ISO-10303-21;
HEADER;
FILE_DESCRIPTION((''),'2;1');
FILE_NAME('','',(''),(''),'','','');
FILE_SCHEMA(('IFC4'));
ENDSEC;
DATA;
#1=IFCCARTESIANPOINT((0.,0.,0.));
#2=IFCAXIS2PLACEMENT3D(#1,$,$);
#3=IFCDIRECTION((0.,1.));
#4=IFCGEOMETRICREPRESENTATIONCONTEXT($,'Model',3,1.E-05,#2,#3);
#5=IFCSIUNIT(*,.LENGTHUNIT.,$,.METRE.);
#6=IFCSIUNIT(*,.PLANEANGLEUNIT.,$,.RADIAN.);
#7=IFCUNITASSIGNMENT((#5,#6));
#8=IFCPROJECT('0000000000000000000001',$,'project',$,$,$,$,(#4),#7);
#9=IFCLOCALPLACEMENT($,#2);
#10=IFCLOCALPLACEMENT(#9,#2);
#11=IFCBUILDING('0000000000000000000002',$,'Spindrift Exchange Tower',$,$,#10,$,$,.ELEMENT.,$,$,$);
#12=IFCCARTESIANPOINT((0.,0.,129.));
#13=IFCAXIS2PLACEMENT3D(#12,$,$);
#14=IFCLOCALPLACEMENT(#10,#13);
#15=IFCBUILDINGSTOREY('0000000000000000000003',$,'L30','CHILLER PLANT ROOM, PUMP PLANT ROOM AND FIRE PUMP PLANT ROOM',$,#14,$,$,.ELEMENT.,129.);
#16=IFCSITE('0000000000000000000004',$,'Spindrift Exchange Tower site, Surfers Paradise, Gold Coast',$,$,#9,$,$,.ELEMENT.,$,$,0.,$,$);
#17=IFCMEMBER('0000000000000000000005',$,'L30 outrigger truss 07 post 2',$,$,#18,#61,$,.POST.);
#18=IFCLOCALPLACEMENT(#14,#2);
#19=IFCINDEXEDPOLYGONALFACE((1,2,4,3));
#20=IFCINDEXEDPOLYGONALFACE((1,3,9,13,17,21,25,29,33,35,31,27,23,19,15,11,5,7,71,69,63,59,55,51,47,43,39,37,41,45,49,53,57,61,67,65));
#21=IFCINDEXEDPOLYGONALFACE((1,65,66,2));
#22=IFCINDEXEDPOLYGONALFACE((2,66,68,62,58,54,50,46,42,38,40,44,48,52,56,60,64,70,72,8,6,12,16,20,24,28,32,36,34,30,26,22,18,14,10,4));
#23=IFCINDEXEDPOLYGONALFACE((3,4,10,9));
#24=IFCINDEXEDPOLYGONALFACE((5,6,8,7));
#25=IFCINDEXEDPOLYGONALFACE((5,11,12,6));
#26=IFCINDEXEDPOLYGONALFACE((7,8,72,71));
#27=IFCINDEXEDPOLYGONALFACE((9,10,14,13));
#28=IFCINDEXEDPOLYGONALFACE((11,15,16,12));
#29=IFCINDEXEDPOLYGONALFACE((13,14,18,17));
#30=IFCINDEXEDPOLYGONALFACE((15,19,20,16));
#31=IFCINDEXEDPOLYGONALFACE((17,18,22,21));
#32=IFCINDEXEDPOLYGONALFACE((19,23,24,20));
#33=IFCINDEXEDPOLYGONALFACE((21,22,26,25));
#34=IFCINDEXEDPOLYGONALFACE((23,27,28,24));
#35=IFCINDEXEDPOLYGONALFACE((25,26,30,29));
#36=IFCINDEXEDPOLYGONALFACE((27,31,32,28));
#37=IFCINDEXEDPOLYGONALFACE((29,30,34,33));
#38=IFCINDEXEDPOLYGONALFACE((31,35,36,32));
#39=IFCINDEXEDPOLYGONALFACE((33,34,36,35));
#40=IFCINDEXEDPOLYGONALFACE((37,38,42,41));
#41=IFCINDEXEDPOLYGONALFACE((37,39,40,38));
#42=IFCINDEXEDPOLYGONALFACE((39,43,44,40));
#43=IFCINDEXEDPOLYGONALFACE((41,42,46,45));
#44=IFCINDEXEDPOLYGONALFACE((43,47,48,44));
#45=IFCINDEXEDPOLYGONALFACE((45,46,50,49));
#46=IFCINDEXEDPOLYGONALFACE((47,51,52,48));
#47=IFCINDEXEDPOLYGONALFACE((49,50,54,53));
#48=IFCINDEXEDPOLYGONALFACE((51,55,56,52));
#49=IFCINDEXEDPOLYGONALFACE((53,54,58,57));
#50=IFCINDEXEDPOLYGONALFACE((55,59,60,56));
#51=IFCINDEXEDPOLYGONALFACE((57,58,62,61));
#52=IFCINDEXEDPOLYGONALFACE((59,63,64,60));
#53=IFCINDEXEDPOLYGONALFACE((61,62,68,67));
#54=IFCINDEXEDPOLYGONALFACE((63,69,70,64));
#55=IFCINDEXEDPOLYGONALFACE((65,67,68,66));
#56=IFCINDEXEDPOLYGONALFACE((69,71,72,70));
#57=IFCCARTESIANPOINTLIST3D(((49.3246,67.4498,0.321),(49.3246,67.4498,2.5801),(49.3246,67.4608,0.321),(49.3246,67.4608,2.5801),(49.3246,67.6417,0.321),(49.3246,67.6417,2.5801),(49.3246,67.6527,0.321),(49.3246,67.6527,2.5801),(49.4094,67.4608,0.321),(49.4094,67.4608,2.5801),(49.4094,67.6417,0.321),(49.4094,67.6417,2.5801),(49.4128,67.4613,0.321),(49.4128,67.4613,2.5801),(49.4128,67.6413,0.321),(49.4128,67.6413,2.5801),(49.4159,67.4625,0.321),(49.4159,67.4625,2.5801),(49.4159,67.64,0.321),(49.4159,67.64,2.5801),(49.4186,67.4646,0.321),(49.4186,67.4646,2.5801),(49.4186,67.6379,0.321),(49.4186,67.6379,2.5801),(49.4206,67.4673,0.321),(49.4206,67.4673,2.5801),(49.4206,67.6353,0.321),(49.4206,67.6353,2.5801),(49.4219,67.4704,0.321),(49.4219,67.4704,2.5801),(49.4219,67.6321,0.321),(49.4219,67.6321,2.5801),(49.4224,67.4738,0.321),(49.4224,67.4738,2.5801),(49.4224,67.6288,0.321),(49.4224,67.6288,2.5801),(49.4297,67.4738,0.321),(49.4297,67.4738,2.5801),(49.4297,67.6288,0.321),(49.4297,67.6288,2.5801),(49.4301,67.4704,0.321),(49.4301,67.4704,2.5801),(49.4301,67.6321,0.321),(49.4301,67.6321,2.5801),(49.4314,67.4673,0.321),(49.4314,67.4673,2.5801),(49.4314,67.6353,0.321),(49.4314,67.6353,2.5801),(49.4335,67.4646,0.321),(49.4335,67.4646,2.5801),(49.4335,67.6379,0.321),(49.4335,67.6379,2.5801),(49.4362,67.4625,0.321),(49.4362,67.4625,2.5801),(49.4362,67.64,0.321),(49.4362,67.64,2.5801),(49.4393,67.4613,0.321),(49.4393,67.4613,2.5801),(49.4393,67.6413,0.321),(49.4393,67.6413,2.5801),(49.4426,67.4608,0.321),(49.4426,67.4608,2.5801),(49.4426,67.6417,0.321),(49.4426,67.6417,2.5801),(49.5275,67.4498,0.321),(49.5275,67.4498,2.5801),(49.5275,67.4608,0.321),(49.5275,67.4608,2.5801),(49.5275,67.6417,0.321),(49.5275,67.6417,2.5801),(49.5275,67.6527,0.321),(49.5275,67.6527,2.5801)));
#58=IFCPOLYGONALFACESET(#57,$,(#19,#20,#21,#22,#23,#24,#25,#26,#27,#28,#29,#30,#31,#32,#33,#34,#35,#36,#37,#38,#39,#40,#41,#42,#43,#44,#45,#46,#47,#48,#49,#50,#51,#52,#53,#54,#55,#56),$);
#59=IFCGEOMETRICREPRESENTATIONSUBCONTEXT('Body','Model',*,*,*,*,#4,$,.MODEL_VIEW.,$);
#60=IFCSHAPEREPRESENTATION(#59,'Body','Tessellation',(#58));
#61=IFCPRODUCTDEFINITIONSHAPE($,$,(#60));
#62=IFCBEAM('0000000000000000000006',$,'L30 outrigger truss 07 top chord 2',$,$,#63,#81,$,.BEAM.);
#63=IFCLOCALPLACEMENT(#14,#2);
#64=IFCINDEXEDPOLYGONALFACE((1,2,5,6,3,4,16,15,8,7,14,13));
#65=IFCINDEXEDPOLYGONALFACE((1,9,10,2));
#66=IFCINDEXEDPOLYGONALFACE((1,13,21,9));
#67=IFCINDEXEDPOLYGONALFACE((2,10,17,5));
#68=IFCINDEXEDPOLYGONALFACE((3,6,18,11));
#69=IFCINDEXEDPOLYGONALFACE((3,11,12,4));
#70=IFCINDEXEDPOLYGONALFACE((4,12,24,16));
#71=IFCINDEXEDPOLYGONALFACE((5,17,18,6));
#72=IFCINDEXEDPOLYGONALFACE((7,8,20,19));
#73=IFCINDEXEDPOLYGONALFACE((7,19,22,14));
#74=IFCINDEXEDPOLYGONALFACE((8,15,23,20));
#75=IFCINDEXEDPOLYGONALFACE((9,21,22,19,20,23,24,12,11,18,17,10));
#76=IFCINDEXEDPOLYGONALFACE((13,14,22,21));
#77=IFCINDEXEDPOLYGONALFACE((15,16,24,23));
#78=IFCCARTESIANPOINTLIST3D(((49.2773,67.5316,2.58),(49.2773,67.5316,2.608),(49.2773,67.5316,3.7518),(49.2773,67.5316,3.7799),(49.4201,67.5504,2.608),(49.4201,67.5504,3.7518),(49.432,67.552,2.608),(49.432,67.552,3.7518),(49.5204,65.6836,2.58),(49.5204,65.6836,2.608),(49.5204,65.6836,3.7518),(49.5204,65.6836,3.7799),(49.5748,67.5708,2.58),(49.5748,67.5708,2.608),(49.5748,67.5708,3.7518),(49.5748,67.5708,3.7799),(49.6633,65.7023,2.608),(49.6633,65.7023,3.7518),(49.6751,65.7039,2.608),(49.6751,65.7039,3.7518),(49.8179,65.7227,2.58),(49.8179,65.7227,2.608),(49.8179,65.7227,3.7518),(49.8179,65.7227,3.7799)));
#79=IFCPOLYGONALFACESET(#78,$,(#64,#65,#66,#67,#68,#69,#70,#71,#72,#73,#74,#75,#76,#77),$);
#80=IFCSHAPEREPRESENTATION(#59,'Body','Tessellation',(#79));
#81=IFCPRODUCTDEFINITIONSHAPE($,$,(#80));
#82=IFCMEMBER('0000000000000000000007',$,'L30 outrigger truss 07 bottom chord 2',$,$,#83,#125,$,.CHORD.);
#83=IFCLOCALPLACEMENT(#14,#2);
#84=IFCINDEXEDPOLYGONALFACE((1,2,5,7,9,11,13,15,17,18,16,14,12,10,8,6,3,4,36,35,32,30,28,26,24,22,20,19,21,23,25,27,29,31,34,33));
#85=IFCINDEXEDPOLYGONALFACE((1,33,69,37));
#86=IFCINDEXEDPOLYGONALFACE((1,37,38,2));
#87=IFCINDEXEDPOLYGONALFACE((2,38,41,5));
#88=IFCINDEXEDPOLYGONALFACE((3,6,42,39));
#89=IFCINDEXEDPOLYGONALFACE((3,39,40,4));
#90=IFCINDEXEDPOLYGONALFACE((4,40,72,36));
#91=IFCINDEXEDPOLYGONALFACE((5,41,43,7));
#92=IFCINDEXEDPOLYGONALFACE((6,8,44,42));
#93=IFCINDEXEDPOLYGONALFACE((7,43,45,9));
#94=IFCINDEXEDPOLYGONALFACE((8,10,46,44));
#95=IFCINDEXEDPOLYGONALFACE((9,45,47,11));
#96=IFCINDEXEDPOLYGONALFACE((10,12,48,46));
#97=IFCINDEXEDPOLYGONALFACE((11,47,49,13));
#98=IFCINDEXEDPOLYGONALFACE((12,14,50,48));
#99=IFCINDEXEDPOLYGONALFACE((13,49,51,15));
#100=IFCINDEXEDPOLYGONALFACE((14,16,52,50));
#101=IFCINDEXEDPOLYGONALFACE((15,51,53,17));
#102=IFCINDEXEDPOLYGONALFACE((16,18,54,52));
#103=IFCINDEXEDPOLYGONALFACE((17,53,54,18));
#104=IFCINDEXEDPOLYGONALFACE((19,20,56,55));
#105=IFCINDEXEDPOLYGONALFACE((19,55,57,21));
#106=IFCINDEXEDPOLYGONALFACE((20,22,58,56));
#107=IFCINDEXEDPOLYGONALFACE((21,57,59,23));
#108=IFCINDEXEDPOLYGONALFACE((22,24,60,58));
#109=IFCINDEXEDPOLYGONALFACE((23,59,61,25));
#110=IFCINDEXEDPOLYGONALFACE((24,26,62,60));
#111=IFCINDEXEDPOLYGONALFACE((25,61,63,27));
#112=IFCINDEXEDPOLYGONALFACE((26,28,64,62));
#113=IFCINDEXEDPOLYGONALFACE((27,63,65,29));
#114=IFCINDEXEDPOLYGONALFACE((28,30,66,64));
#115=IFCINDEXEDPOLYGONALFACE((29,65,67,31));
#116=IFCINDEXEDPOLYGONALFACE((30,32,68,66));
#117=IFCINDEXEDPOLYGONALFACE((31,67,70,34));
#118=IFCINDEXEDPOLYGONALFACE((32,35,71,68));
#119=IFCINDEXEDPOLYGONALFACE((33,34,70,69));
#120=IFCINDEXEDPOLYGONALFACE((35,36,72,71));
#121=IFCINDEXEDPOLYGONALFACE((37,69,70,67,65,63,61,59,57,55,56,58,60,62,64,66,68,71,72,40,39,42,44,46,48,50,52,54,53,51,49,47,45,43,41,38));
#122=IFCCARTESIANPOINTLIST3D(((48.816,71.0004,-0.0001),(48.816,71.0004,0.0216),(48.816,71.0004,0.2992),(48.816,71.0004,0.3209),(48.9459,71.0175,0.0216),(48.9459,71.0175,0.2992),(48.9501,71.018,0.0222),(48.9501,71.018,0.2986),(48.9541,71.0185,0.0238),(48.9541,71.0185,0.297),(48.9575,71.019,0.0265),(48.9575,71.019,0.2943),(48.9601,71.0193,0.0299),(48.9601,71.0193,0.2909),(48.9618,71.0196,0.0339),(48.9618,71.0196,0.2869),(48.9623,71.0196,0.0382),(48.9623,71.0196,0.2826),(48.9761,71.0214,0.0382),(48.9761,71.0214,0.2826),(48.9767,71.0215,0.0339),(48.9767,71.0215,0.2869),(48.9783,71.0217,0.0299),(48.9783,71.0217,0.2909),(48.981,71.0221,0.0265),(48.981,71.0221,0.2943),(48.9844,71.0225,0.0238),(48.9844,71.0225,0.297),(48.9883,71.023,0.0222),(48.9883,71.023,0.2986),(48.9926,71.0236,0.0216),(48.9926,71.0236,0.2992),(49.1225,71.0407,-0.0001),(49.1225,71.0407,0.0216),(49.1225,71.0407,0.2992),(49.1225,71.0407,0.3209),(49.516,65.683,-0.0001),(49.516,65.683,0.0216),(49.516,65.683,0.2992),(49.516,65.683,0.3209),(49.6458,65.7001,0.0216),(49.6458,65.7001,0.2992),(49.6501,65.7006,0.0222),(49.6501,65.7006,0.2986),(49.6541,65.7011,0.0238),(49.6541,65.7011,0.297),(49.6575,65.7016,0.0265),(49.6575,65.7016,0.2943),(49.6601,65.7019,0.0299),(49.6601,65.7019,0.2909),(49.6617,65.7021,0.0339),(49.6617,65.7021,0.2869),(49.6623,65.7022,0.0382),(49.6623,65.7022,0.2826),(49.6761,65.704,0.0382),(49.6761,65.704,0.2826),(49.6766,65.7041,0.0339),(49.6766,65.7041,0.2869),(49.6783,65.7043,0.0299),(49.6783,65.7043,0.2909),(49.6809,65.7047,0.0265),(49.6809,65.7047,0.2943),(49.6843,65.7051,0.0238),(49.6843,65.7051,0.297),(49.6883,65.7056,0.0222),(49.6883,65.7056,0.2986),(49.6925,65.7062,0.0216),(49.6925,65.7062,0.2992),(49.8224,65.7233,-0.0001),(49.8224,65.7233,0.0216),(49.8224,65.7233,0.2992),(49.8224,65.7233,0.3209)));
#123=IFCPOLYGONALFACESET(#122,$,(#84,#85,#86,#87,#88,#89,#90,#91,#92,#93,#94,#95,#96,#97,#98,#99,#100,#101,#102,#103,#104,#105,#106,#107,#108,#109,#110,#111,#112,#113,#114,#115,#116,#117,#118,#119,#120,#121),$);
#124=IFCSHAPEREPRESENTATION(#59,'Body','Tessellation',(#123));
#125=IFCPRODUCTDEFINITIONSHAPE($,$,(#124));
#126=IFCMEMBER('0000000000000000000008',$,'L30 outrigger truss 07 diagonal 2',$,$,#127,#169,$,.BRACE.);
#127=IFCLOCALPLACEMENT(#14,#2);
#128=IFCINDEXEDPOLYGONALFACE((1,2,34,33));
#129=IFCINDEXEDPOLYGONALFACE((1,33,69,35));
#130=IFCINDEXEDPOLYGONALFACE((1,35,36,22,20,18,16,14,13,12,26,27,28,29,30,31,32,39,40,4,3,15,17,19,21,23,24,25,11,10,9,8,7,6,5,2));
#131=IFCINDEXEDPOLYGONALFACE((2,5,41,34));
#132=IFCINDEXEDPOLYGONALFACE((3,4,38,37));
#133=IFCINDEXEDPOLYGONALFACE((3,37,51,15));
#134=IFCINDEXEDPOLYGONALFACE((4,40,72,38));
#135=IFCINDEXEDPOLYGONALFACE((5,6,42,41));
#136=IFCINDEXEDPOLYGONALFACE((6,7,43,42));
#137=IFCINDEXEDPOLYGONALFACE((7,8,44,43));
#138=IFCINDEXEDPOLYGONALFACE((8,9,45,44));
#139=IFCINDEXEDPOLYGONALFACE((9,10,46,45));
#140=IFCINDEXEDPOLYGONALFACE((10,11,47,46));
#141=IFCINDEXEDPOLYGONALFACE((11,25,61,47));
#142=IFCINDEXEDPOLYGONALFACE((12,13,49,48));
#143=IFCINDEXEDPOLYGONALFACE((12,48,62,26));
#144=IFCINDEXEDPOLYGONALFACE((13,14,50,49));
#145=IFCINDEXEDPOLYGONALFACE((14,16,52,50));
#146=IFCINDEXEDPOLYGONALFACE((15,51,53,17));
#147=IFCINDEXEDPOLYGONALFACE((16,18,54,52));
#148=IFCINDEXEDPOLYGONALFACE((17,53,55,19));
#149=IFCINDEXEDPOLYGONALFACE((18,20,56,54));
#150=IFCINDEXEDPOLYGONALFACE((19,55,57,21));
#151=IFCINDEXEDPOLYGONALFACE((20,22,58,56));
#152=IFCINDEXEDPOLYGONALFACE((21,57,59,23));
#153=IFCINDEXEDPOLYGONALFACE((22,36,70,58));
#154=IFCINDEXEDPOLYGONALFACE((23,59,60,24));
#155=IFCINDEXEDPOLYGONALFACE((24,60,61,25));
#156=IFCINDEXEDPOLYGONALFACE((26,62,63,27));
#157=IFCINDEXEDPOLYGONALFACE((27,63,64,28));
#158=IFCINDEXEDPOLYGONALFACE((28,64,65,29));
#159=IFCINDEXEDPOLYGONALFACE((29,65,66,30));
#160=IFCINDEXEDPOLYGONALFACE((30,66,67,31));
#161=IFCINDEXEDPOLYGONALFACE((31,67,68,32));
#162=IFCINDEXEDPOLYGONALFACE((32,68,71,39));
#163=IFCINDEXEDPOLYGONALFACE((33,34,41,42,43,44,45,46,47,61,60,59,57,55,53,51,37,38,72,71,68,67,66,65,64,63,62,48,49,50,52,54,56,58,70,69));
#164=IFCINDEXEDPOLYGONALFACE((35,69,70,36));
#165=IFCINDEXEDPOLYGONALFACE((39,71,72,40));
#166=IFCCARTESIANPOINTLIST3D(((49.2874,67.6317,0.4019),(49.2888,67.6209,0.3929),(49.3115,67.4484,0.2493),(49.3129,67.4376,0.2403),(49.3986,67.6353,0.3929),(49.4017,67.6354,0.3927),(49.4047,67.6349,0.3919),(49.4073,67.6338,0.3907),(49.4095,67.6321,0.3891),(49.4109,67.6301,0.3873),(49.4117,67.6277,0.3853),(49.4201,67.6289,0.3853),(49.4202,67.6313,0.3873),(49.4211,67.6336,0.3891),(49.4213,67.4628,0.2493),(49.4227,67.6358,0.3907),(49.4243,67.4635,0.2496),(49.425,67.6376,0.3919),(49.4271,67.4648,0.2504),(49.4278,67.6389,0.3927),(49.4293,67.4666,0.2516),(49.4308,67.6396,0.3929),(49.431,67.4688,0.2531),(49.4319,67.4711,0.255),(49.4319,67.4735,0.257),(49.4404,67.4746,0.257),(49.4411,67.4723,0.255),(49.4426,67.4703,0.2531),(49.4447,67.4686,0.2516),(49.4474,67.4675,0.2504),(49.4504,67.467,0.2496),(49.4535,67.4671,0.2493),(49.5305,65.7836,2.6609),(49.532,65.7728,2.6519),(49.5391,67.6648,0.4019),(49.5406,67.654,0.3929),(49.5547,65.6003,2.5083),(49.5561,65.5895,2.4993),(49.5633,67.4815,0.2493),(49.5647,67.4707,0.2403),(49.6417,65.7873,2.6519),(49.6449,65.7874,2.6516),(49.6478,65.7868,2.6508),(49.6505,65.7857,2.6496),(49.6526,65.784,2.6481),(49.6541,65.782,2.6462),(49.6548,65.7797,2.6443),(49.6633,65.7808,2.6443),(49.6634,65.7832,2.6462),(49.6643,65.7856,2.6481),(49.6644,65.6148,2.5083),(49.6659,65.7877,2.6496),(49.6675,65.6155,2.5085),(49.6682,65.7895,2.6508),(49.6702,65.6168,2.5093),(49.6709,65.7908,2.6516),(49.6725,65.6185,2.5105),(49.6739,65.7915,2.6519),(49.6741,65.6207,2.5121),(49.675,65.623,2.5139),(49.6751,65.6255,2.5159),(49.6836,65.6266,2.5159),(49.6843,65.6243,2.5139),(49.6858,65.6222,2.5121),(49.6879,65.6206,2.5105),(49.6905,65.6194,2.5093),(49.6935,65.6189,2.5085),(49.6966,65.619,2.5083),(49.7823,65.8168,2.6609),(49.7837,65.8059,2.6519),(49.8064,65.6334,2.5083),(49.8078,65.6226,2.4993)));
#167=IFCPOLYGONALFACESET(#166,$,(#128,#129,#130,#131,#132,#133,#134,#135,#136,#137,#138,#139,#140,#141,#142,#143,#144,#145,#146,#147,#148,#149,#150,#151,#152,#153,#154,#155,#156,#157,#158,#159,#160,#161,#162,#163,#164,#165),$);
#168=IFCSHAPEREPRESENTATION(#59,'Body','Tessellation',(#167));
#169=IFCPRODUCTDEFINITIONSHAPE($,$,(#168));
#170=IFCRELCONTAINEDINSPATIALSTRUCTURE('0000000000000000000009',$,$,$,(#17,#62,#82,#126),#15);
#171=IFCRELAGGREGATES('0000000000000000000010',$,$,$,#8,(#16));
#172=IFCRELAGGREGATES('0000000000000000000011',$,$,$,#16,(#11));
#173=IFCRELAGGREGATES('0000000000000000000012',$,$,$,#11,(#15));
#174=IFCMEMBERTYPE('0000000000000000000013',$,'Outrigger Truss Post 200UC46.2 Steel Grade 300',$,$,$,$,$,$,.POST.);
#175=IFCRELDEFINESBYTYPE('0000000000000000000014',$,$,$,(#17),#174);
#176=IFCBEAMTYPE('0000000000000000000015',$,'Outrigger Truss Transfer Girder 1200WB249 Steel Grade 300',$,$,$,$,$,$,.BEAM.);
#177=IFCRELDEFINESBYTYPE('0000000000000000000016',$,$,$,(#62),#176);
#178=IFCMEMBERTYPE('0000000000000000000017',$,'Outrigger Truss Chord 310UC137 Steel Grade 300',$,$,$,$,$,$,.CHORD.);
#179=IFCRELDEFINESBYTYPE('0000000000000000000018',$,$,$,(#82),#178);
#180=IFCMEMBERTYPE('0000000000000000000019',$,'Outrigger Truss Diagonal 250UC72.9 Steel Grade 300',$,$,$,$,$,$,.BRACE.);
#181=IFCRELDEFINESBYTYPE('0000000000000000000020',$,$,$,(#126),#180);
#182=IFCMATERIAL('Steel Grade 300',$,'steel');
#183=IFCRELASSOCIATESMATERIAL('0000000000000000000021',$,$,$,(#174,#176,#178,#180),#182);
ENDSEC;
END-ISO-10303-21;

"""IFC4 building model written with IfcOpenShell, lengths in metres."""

from ifc_helpers import new_model, si_unit, direction, frame, origin, origin_2d, place, context, subcontext, project, spatial, i_section, extrude, source, transform, mapped, material, material_profile, profile_set, type_object, element, save


model = new_model("IFC4")

# Units and contexts
model_context = context("Model", 3, precision=1e-05, world=origin(), true_north=direction((0.0, 1.0)))
body_context = subcontext(model_context, "Body", "Model", "MODEL_VIEW")
ifc_project = project(units=[si_unit("LENGTHUNIT", "METRE"), si_unit("PLANEANGLEUNIT", "RADIAN")], contexts=[model_context])

# Site, building, storey
site_placement = place(None, origin())
site = spatial("IfcSite", under=ifc_project, at=site_placement, Name="Spindrift Exchange Tower site, Surfers Paradise, Gold Coast", CompositionType="ELEMENT", RefElevation=0.0)
building_placement = place(site_placement, origin())
building = spatial("IfcBuilding", under=site, at=building_placement, Name="Spindrift Exchange Tower", CompositionType="ELEMENT")
storey_placement = place(building_placement, frame((0.0, 0.0, 129.0)))
storey = spatial("IfcBuildingStorey", under=building, at=storey_placement, Name="L30", Description="CHILLER PLANT ROOM, PUMP PLANT ROOM AND FIRE PUMP PLANT ROOM", CompositionType="ELEMENT", Elevation=129.0)

# Shared definitions
ifc_material_1 = material(Name="Steel Grade 300", Category="steel")

# Member
ifc_material_profile_1 = material_profile(ifc_material_1, i_section(OverallWidth=0.2029, OverallDepth=0.2029, WebThickness=0.0073, FlangeThickness=0.011, FilletRadius=0.0129, at=origin_2d()), Name="200UC46.2")
ifc_profile_set_1 = profile_set([ifc_material_profile_1], Name="Steel Grade 300")
member_type_1 = type_object("IfcMemberType", Name="Outrigger Truss Post 200UC46.2 Steel Grade 300", PredefinedType="POST", material=ifc_profile_set_1)
shared_shape_1 = source(origin(), body_context, "Body", "SweptSolid", [
    extrude(i_section(OverallWidth=0.2029, OverallDepth=0.2029, WebThickness=0.0073, FlangeThickness=0.011, FilletRadius=0.0129, at=origin_2d()), origin(), (0.0, 0.0, 1.0), 2.259),
])
member_1_placement = place(storey_placement, frame((49.426, 67.5513, 0.321), z_axis=(0.0, 0.0, 1.0), x_axis=(1.0, 0.0, 0.0)))
element("IfcMember", 1, at=member_1_placement, inside=storey, type_object=member_type_1, Name="L30 outrigger truss 07 post 2", PredefinedType="POST", context=body_context, shape_type="MappedRepresentation", body=[
    mapped(shared_shape_1, transform((0.0, 0.0, 0.0), scale=1.0)),
])

# Beam
ifc_material_profile_2 = material_profile(ifc_material_1, i_section(OverallWidth=0.3, OverallDepth=1.2, WebThickness=0.012, FlangeThickness=0.0281, at=origin_2d()), Name="1200WB249")
ifc_profile_set_2 = profile_set([ifc_material_profile_2], Name="Steel Grade 300")
beam_type_1 = type_object("IfcBeamType", Name="Outrigger Truss Transfer Girder 1200WB249 Steel Grade 300", PredefinedType="BEAM", material=ifc_profile_set_2)
shared_shape_2 = source(origin(), body_context, "Body", "SweptSolid", [
    extrude(i_section(OverallWidth=0.3, OverallDepth=1.2, WebThickness=0.012, FlangeThickness=0.0281, at=origin_2d()), origin(), (0.0, 0.0, 1.0), 1.864),
])
beam_1_placement = place(storey_placement, frame((49.6692, 65.7031, 3.1799), z_axis=(-0.130448, 0.991455, 0.0), x_axis=(-0.991455, -0.130448, 0.0)))
element("IfcBeam", 2, at=beam_1_placement, inside=storey, type_object=beam_type_1, Name="L30 outrigger truss 07 top chord 2", PredefinedType="BEAM", context=body_context, shape_type="MappedRepresentation", body=[
    mapped(shared_shape_2, transform((0.0, 0.0, 0.0), scale=1.0)),
])

# Members
ifc_material_profile_3 = material_profile(ifc_material_1, i_section(OverallWidth=0.3091, OverallDepth=0.321, WebThickness=0.0139, FlangeThickness=0.0217, FilletRadius=0.0166, at=origin_2d()), Name="310UC137")
ifc_profile_set_3 = profile_set([ifc_material_profile_3], Name="Steel Grade 300")
member_type_2 = type_object("IfcMemberType", Name="Outrigger Truss Chord 310UC137 Steel Grade 300", PredefinedType="CHORD", material=ifc_profile_set_3)
shared_shape_3 = source(origin(), body_context, "Body", "SweptSolid", [
    extrude(i_section(OverallWidth=0.3091, OverallDepth=0.321, WebThickness=0.0139, FlangeThickness=0.0217, FilletRadius=0.0166, at=origin_2d()), origin(), (0.0, 0.0, 1.0), 5.3633),
])
member_2_placement = place(storey_placement, frame((49.6692, 65.7031, 0.1604), z_axis=(-0.130509, 0.991447, 0.0), x_axis=(-0.991447, -0.130509, 0.0)))
element("IfcMember", 3, at=member_2_placement, inside=storey, type_object=member_type_2, Name="L30 outrigger truss 07 bottom chord 2", PredefinedType="CHORD", context=body_context, shape_type="MappedRepresentation", body=[
    mapped(shared_shape_3, transform((0.0, 0.0, 0.0), scale=1.0)),
])
ifc_material_profile_4 = material_profile(ifc_material_1, i_section(OverallWidth=0.2539, OverallDepth=0.2539, WebThickness=0.0085, FlangeThickness=0.0142, FilletRadius=0.012, at=origin_2d()), Name="250UC72.9")
ifc_profile_set_4 = profile_set([ifc_material_profile_4], Name="Steel Grade 300")
member_type_3 = type_object("IfcMemberType", Name="Outrigger Truss Diagonal 250UC72.9 Steel Grade 300", PredefinedType="BRACE", material=ifc_profile_set_4)
shared_shape_4 = source(origin(), body_context, "Body", "SweptSolid", [
    extrude(i_section(OverallWidth=0.2539, OverallDepth=0.2539, WebThickness=0.0085, FlangeThickness=0.0142, FilletRadius=0.012, at=origin_2d()), origin(), (0.0, 0.0, 1.0), 2.9287),
])
member_3_placement = place(storey_placement, frame((49.6692, 65.7031, 2.5801), z_axis=(-0.083025, 0.63102, -0.771311), x_axis=(-0.991455, -0.130448, 0.0)))
element("IfcMember", 4, at=member_3_placement, inside=storey, type_object=member_type_3, Name="L30 outrigger truss 07 diagonal 2", PredefinedType="BRACE", context=body_context, shape_type="MappedRepresentation", body=[
    mapped(shared_shape_4, transform((0.0, 0.0, 0.0), scale=1.0)),
])

save(model, "model.ifc")
